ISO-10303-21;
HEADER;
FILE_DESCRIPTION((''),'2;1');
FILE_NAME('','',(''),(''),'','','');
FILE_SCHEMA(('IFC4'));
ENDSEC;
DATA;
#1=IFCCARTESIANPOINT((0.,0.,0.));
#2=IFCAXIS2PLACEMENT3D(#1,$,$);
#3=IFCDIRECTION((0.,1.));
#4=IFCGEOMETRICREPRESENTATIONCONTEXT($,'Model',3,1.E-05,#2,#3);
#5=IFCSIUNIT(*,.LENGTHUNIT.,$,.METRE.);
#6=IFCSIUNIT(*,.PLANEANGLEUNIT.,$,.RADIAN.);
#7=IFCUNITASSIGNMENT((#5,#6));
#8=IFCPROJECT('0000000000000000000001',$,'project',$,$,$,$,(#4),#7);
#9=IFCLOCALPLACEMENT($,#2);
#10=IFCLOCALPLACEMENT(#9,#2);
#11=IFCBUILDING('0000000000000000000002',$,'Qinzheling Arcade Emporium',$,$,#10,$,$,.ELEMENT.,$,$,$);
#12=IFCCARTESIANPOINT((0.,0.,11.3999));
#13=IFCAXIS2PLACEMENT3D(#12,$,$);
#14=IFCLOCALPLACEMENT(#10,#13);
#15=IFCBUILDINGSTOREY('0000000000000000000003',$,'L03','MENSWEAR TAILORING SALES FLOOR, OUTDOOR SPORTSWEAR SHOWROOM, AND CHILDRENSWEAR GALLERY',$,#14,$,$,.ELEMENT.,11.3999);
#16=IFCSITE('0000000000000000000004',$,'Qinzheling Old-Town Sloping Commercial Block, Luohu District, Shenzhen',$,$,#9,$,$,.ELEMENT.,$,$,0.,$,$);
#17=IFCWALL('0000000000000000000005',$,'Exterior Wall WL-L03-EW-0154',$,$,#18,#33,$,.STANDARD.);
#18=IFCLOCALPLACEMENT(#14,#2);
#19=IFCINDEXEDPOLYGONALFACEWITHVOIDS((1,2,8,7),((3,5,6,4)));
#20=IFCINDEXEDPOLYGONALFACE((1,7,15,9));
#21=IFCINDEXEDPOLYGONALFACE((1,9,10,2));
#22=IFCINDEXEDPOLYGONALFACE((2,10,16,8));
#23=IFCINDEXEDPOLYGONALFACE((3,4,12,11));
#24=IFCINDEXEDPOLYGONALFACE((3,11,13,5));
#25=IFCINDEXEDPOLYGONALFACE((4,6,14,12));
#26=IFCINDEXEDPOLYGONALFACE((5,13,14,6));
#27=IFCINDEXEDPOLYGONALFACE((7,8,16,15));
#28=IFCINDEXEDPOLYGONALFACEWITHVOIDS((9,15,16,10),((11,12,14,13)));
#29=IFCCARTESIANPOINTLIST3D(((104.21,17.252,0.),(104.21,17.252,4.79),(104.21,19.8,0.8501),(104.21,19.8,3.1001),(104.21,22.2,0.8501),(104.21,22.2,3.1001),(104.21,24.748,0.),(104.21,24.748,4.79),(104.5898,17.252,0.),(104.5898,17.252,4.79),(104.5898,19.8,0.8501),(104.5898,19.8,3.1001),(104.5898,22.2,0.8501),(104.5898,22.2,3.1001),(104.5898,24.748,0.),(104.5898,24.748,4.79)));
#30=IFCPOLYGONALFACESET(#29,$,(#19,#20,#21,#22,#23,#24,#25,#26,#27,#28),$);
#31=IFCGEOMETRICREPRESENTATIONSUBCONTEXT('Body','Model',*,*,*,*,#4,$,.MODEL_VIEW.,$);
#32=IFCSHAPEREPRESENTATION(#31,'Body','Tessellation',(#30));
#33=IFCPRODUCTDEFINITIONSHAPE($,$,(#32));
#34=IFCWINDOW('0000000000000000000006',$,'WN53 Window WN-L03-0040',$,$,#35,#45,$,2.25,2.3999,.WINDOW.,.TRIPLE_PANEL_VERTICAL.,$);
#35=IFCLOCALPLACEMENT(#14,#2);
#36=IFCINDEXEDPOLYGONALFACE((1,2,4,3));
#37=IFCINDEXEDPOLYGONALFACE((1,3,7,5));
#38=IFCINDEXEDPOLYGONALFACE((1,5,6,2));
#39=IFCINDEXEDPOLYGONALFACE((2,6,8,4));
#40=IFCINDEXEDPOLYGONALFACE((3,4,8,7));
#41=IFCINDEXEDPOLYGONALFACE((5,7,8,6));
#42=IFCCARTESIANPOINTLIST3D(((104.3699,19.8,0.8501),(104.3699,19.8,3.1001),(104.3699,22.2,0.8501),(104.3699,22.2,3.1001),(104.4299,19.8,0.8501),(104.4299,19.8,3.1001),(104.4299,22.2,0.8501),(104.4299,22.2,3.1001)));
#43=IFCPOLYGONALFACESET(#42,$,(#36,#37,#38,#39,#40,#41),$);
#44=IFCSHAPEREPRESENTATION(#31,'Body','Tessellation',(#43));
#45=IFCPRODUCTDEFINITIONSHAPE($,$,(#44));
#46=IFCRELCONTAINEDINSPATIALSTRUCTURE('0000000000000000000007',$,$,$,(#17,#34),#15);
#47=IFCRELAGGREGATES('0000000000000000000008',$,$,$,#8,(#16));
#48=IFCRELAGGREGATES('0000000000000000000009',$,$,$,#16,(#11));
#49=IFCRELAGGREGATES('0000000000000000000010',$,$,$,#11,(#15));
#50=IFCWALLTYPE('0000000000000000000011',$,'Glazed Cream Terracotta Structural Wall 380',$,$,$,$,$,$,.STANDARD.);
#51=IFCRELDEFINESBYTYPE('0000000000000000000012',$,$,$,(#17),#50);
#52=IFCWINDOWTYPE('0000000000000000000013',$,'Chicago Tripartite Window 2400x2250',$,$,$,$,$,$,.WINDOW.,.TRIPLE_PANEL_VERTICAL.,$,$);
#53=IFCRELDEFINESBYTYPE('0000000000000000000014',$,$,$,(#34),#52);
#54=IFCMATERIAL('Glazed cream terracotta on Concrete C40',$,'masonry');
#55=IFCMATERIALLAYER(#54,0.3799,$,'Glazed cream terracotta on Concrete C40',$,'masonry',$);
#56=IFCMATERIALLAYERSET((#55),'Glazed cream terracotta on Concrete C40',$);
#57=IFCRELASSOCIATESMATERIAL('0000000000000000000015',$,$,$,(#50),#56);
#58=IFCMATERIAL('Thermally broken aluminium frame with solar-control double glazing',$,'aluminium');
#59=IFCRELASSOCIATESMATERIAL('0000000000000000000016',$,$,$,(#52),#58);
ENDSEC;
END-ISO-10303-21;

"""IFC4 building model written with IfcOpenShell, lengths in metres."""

from ifc_helpers import new_model, si_unit, direction, frame, frame_2d, origin, place, context, subcontext, project, spatial, rectangle, extrude, material, layer, layer_set, type_object, element, fill, save


model = new_model("IFC4")

# Units and contexts
model_context = context("Model", 3, precision=1e-05, world=origin(), true_north=direction((0.0, 1.0)))
body_context = subcontext(model_context, "Body", "Model", "MODEL_VIEW")
ifc_project = project(units=[si_unit("LENGTHUNIT", "METRE"), si_unit("PLANEANGLEUNIT", "RADIAN")], contexts=[model_context])

# Site, building, storey
site_placement = place(None, origin())
site = spatial("IfcSite", under=ifc_project, at=site_placement, Name="Qinzheling Old-Town Sloping Commercial Block, Luohu District, Shenzhen", CompositionType="ELEMENT", RefElevation=0.0)
building_placement = place(site_placement, origin())
building = spatial("IfcBuilding", under=site, at=building_placement, Name="Qinzheling Arcade Emporium", CompositionType="ELEMENT")
storey_placement = place(building_placement, frame((0.0, 0.0, 11.3999)))
storey = spatial("IfcBuildingStorey", under=building, at=storey_placement, Name="L03", Description="MENSWEAR TAILORING SALES FLOOR, OUTDOOR SPORTSWEAR SHOWROOM, AND CHILDRENSWEAR GALLERY", CompositionType="ELEMENT", Elevation=11.3999)

# Wall, opening, window
ifc_material_1 = material(Name="Glazed cream terracotta on Concrete C40", Category="masonry")
ifc_layer_1 = layer(ifc_material_1, 0.3799, Name="Glazed cream terracotta on Concrete C40", Category="masonry")
ifc_layer_set_1 = layer_set([ifc_layer_1], Name="Glazed cream terracotta on Concrete C40")
wall_type = type_object("IfcWallType", Name="Glazed Cream Terracotta Structural Wall 380", PredefinedType="STANDARD", material=ifc_layer_set_1)
wall_placement = place(storey_placement, frame((104.3999, 17.252, 0.0), z_axis=(0.0, 0.0, 1.0), x_axis=(0.0, 1.0, 0.0)))
wall = element("IfcWall", 1, at=wall_placement, inside=storey, type_object=wall_type, Name="Exterior Wall WL-L03-EW-0154", PredefinedType="STANDARD", context=body_context, shape_type="SweptSolid", body=[
    extrude(rectangle(XDim=7.4961, YDim=0.3799, at=frame_2d((3.748, 0.0))), origin(), (0.0, 0.0, 1.0), 4.79),
])
opening_placement = place(wall_placement, frame((2.5481, 0.0, 0.8501)))
opening = element("IfcOpeningElement", 2, at=opening_placement, cuts=wall, PredefinedType="OPENING", context=body_context, shape_type="SweptSolid", body=[
    extrude(rectangle(XDim=2.3999, YDim=2.25, at=frame_2d((1.2, 1.125))), frame((0.0, 0.2, 0.0), z_axis=(0.0, -1.0, 0.0), x_axis=(1.0, 0.0, 0.0)), (0.0, 0.0, 1.0), 0.3999),
])
ifc_material_2 = material(Name="Thermally broken aluminium frame with solar-control double glazing", Category="aluminium")
window_type = type_object("IfcWindowType", Name="Chicago Tripartite Window 2400x2250", PartitioningType="TRIPLE_PANEL_VERTICAL", PredefinedType="WINDOW", material=ifc_material_2)
window_placement = place(opening_placement, origin())
window = element("IfcWindow", 3, at=window_placement, inside=storey, type_object=window_type, Name="WN53 Window WN-L03-0040", OverallHeight=2.25, OverallWidth=2.3999, PartitioningType="TRIPLE_PANEL_VERTICAL", PredefinedType="WINDOW", context=body_context, shape_type="SweptSolid", body=[
    extrude(rectangle(XDim=2.3999, YDim=2.25, at=frame_2d((1.2, 1.125))), frame((0.0, 0.03, 0.0), z_axis=(0.0, -1.0, 0.0), x_axis=(1.0, 0.0, 0.0)), (0.0, 0.0, 1.0), 0.0601),
])
fill(opening, window)

save(model, "model.ifc")
